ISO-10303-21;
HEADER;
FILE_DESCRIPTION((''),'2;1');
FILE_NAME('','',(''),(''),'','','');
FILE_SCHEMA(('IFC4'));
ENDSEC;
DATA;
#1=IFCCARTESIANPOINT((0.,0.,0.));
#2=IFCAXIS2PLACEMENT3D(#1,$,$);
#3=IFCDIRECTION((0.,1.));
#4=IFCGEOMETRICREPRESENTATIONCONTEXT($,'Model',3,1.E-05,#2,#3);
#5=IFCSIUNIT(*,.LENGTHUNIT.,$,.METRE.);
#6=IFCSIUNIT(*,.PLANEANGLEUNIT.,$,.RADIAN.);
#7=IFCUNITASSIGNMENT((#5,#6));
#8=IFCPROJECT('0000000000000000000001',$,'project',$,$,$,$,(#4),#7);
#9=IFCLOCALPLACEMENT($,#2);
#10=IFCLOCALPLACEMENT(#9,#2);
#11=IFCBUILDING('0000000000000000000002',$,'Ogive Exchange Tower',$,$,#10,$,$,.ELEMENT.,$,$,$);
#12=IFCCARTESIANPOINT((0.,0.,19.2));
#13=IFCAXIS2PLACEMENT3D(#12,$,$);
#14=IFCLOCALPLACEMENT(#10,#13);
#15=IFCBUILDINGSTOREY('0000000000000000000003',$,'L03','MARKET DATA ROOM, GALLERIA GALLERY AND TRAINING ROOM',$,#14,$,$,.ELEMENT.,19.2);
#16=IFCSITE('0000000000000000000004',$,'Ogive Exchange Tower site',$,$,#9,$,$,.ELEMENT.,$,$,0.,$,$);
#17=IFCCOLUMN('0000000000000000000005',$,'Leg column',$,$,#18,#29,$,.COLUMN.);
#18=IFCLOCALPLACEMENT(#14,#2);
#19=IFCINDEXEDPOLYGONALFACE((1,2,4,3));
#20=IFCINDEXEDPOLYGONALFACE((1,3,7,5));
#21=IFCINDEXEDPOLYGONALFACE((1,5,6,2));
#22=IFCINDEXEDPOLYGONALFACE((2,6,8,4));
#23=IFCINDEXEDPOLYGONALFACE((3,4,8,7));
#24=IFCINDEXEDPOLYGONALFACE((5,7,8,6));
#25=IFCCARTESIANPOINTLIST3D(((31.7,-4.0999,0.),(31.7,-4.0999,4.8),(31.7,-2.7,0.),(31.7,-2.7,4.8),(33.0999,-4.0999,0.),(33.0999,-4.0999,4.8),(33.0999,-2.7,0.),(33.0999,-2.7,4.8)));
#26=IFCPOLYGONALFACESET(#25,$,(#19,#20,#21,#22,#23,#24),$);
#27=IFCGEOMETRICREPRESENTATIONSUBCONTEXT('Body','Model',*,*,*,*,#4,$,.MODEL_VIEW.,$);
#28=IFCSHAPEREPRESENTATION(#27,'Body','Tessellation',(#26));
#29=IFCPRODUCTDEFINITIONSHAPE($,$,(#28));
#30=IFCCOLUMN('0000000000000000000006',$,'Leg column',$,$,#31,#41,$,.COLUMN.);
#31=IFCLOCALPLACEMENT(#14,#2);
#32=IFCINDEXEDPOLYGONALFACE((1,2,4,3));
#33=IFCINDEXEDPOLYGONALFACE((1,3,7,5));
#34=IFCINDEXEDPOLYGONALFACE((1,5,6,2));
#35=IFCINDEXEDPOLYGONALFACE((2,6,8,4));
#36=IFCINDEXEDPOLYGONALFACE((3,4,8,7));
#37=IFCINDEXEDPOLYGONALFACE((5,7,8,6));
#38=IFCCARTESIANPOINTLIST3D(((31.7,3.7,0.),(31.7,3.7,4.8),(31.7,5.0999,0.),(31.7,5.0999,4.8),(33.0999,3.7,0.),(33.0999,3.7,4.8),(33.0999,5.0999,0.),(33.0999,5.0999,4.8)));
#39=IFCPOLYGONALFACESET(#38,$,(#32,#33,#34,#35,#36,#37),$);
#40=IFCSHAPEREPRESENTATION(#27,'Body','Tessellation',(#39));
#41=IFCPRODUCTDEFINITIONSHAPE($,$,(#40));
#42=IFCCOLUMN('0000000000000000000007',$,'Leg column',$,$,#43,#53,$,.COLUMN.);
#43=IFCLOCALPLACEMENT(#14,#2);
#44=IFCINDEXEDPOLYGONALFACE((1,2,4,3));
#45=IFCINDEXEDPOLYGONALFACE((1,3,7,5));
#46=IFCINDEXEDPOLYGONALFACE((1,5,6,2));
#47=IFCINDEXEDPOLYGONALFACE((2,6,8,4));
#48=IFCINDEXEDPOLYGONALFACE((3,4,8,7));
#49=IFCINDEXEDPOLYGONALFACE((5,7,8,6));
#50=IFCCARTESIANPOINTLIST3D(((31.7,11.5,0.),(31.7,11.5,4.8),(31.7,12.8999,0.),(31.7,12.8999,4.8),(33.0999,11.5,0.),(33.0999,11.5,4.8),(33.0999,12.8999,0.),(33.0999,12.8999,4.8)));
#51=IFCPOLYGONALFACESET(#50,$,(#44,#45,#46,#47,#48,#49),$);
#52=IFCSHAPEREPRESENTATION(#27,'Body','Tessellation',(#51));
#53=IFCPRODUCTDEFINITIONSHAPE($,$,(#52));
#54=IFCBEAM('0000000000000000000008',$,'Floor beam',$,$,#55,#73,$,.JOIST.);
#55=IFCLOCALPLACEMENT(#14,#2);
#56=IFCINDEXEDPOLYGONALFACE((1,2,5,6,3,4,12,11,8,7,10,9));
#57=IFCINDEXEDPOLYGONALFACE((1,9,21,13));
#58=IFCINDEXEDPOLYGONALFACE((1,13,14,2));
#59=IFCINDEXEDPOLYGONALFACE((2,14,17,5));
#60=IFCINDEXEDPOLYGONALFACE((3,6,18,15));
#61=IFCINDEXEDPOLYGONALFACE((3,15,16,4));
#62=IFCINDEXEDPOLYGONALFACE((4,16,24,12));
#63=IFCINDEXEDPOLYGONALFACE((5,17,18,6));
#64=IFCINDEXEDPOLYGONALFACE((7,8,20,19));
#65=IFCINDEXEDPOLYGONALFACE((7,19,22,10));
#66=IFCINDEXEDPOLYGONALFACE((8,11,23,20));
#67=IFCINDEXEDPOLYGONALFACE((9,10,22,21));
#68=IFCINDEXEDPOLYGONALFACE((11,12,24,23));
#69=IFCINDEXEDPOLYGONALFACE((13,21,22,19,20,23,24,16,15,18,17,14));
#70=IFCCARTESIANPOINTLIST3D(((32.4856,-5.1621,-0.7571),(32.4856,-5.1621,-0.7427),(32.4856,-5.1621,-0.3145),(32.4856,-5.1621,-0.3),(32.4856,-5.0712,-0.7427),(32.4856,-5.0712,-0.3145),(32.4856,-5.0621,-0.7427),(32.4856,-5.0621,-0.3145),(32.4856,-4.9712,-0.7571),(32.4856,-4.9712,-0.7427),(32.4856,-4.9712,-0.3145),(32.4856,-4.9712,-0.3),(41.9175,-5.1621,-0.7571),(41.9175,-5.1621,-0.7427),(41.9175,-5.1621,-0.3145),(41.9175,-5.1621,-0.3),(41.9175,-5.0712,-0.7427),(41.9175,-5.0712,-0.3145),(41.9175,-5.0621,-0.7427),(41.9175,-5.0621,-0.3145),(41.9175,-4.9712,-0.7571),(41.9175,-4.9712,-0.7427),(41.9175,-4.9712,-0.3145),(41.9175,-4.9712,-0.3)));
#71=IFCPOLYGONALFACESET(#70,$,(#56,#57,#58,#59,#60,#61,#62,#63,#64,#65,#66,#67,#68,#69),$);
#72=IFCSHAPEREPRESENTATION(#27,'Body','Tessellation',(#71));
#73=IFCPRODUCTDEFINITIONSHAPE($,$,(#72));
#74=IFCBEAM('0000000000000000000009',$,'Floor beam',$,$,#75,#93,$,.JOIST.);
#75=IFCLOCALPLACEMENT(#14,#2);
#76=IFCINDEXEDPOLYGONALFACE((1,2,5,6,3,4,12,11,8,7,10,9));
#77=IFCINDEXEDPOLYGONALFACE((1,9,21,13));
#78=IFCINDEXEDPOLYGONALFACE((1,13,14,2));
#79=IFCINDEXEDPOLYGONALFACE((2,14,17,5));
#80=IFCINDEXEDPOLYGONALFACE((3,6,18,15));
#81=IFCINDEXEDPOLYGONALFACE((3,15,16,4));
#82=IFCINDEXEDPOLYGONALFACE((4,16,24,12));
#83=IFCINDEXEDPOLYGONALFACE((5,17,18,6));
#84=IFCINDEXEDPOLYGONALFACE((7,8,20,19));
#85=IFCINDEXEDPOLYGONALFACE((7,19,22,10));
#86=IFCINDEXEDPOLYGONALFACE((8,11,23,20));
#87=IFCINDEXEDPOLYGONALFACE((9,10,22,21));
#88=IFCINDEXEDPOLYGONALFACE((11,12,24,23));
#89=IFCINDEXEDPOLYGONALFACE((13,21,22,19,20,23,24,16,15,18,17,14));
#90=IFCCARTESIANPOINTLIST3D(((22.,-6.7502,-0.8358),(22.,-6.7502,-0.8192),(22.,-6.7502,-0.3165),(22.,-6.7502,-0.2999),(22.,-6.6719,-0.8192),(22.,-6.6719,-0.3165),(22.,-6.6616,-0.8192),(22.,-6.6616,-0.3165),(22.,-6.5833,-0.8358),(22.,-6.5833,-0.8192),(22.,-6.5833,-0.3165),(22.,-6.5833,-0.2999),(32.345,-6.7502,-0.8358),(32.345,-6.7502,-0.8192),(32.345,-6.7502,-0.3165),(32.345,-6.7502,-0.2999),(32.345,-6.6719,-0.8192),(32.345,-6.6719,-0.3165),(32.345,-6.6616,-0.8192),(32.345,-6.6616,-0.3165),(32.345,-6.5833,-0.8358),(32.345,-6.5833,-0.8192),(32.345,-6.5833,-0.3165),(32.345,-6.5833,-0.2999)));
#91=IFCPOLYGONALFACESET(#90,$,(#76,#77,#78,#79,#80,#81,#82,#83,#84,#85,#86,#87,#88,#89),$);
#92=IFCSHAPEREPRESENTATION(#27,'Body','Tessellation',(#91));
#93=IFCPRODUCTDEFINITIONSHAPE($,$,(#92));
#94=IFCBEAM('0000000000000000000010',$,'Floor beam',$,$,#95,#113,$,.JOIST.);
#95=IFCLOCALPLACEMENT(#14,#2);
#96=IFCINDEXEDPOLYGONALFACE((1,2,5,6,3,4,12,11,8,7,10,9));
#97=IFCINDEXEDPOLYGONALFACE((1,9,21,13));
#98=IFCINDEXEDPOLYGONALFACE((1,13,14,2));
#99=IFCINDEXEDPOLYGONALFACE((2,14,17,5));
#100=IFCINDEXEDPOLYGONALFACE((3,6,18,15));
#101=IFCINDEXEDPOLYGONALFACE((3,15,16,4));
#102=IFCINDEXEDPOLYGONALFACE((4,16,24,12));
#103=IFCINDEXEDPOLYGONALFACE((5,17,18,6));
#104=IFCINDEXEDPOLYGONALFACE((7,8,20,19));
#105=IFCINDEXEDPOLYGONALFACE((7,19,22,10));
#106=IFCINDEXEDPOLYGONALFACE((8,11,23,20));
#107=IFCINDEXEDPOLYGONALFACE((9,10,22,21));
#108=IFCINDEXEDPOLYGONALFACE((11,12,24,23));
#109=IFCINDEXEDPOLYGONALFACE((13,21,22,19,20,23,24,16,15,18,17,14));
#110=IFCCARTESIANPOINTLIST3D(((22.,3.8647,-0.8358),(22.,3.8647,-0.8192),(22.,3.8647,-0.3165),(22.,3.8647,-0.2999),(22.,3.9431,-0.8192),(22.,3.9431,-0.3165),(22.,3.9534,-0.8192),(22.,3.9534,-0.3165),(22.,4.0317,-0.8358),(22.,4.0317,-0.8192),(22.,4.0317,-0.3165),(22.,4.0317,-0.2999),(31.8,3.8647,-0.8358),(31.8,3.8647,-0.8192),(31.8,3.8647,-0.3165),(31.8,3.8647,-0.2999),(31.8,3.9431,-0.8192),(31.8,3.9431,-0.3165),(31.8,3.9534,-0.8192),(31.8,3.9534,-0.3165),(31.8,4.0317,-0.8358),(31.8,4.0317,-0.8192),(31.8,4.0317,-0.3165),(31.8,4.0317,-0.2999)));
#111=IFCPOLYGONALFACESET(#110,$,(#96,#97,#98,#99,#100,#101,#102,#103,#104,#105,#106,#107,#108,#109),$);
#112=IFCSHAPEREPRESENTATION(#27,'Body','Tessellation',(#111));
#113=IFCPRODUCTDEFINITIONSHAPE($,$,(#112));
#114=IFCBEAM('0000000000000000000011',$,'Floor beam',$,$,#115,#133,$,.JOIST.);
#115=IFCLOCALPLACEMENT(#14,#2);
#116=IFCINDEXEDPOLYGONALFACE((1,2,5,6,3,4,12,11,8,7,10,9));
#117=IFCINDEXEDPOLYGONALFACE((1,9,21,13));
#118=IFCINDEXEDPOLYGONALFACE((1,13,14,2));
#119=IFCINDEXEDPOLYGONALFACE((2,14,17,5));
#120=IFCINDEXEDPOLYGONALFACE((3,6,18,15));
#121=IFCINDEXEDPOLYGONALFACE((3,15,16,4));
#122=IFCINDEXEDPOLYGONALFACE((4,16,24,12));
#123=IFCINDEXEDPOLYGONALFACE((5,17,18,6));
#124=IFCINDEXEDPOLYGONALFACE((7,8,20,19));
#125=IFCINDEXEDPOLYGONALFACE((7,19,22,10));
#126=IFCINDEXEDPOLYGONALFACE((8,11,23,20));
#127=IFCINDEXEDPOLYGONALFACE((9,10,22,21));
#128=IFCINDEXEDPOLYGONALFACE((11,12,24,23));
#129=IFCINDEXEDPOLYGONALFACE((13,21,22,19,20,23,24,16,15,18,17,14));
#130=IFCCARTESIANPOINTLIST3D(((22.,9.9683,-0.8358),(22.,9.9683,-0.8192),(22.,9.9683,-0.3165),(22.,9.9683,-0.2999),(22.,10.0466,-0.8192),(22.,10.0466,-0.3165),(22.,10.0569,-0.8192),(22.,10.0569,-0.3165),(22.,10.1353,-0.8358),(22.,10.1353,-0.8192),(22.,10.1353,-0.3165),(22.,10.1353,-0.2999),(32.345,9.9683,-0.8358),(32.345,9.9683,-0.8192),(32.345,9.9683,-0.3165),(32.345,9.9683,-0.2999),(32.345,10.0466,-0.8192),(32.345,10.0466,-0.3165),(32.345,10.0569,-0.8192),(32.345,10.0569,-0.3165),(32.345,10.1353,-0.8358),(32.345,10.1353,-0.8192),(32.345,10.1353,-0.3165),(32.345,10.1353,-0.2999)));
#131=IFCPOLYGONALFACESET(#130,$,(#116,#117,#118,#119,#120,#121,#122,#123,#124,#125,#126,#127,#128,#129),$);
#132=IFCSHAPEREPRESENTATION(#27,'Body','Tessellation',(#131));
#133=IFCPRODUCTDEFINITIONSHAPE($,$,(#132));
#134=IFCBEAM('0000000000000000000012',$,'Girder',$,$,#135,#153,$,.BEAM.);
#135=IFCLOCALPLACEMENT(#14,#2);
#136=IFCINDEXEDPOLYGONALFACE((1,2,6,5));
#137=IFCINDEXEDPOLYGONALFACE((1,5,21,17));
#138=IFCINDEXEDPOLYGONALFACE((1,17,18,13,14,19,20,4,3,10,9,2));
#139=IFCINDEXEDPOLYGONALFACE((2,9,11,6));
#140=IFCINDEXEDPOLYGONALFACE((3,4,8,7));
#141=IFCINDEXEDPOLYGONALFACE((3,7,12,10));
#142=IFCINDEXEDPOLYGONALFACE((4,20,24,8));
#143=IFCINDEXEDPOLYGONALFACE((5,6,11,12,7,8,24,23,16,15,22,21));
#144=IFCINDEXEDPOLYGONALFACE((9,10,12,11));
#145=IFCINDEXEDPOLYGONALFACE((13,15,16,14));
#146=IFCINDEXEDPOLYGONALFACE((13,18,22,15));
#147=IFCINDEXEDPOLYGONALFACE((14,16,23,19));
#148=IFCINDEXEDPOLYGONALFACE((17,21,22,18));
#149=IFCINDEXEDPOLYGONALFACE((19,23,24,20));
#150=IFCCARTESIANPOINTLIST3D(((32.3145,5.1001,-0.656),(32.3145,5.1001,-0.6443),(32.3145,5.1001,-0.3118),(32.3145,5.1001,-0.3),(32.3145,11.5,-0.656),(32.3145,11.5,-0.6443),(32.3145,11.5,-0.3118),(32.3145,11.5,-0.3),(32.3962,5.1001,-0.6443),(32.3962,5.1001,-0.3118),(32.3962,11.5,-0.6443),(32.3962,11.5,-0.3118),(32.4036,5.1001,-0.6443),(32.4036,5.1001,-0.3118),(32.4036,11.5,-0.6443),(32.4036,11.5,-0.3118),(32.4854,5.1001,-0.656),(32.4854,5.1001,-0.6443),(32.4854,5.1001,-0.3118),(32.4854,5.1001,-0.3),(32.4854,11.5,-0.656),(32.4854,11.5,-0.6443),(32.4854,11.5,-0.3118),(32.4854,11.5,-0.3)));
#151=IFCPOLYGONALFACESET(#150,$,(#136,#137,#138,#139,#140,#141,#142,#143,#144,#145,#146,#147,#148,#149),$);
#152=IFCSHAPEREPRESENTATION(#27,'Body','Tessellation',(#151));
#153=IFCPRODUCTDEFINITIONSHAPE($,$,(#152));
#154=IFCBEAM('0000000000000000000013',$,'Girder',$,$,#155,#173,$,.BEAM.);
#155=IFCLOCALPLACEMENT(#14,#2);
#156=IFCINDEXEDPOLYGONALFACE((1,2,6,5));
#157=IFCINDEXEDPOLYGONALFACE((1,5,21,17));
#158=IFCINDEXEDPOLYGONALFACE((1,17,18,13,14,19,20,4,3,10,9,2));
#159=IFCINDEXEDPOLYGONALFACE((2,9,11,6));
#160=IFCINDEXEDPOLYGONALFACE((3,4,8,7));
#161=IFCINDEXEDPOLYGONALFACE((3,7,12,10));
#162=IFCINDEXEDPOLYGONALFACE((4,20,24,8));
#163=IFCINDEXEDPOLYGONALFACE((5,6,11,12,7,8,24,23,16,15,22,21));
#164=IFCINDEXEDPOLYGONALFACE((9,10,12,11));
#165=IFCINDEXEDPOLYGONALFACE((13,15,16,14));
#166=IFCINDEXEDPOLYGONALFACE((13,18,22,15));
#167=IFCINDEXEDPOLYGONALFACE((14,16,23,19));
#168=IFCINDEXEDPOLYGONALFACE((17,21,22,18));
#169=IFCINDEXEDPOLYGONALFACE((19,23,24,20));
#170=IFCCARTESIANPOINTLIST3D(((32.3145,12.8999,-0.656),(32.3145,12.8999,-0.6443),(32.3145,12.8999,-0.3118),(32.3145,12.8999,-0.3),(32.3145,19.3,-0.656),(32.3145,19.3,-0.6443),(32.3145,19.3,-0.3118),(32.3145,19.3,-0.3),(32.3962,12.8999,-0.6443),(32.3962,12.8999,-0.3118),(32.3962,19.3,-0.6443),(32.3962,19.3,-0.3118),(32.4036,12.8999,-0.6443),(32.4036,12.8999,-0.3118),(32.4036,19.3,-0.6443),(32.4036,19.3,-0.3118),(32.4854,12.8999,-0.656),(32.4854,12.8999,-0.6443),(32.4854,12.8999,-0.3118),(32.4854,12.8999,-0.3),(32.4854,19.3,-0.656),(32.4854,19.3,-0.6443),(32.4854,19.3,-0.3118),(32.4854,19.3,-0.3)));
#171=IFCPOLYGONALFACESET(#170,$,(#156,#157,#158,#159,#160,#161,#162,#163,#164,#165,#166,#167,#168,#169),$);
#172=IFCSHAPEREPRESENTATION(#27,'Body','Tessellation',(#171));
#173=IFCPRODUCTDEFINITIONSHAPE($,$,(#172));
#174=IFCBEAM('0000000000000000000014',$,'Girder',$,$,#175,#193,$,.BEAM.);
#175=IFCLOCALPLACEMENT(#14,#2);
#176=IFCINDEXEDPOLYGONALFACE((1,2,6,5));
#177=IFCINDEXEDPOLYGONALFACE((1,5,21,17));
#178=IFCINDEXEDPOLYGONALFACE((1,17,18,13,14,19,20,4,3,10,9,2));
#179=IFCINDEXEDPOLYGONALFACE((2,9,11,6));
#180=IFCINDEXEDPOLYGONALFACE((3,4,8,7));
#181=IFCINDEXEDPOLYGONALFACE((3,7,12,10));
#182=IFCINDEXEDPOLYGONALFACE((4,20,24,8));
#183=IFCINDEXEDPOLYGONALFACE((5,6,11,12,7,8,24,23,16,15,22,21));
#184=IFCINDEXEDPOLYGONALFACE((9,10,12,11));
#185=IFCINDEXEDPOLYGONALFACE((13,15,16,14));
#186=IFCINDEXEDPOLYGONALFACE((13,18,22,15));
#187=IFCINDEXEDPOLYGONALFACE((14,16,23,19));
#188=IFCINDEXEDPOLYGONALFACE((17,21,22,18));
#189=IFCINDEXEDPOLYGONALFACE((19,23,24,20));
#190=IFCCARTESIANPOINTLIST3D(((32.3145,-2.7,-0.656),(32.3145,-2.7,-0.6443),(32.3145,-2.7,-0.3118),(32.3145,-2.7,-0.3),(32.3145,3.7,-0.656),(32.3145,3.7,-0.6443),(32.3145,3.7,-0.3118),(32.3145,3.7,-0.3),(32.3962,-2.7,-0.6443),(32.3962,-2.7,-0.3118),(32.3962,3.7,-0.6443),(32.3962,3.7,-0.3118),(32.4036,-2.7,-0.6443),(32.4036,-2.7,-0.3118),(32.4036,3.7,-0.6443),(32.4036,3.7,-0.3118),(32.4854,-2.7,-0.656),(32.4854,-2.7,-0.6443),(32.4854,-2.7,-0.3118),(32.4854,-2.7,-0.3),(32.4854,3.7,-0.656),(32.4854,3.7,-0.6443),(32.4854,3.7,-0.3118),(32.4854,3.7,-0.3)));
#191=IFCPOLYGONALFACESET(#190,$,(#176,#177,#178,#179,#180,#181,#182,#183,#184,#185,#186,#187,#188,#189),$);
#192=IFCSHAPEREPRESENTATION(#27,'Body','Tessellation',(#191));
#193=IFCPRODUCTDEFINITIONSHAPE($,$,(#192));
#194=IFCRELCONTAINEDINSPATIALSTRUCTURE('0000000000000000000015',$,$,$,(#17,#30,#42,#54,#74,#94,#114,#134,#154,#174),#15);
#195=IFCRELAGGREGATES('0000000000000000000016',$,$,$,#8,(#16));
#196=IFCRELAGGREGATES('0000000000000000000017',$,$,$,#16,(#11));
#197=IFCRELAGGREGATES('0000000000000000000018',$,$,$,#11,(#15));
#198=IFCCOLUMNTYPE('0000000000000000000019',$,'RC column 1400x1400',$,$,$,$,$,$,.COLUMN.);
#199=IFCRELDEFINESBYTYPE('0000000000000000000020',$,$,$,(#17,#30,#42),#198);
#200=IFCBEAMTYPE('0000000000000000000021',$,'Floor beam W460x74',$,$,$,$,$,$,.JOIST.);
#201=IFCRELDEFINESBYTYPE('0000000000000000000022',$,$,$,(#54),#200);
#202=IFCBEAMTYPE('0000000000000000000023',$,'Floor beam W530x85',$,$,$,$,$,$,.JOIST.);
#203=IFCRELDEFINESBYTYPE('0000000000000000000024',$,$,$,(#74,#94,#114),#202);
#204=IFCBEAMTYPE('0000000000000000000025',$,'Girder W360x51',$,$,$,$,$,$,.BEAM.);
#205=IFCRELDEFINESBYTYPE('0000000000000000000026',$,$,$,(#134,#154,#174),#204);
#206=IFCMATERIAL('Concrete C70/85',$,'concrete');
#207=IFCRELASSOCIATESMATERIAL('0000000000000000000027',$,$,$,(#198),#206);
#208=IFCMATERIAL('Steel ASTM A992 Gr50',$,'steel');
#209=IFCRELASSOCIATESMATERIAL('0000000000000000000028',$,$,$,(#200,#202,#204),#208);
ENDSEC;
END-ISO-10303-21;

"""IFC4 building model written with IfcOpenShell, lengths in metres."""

from ifc_helpers import new_model, si_unit, direction, frame, origin, origin_2d, place, context, subcontext, project, spatial, rectangle, i_section, extrude, material, material_profile, profile_set, type_object, element, save


model = new_model("IFC4")

# Units and contexts
model_context = context("Model", 3, precision=1e-05, world=origin(), true_north=direction((0.0, 1.0)))
body_context = subcontext(model_context, "Body", "Model", "MODEL_VIEW")
ifc_project = project(units=[si_unit("LENGTHUNIT", "METRE"), si_unit("PLANEANGLEUNIT", "RADIAN")], contexts=[model_context])

# Site, building, storey
site_placement = place(None, origin())
site = spatial("IfcSite", under=ifc_project, at=site_placement, Name="Ogive Exchange Tower site", CompositionType="ELEMENT", RefElevation=0.0)
building_placement = place(site_placement, origin())
building = spatial("IfcBuilding", under=site, at=building_placement, Name="Ogive Exchange Tower", CompositionType="ELEMENT")
storey_placement = place(building_placement, frame((0.0, 0.0, 19.2)))
storey = spatial("IfcBuildingStorey", under=building, at=storey_placement, Name="L03", Description="MARKET DATA ROOM, GALLERIA GALLERY AND TRAINING ROOM", CompositionType="ELEMENT", Elevation=19.2)

# Columns
ifc_material_1 = material(Name="Concrete C70/85", Category="concrete")
ifc_material_profile_1 = material_profile(ifc_material_1, rectangle(XDim=1.3999, YDim=1.3999, at=origin_2d()), Name="RC 1400x1400")
ifc_profile_set_1 = profile_set([ifc_material_profile_1], Name="Concrete C70/85")
column_type = type_object("IfcColumnType", Name="RC column 1400x1400", PredefinedType="COLUMN", material=ifc_profile_set_1)
for number, where, z_axis, x_axis, name in (
    (1, (32.3999, -3.3999, 0.0), (0.0, 0.0, 1.0), (1.0, 0.0, 0.0), "Leg column"),
    (2, (32.3999, 4.3999, 0.0), (0.0, 0.0, 1.0), (1.0, 0.0, 0.0), "Leg column"),
    (3, (32.3999, 12.2, 0.0), (0.0, 0.0, 1.0), (1.0, 0.0, 0.0), "Leg column"),
):
    element("IfcColumn", number, at=place(storey_placement, frame(where, z_axis=z_axis, x_axis=x_axis)), inside=storey, type_object=column_type, Name=name, PredefinedType="COLUMN", context=body_context, shape_type="SweptSolid", body=[
        extrude(rectangle(XDim=1.3999, YDim=1.3999, at=origin_2d()), origin(), (0.0, 0.0, 1.0), 4.8),
    ])

# Beams
ifc_material_2 = material(Name="Steel ASTM A992 Gr50", Category="steel")
ifc_material_profile_2 = material_profile(ifc_material_2, i_section(OverallWidth=0.1909, OverallDepth=0.457, WebThickness=0.009, FlangeThickness=0.0144, at=origin_2d()), Name="W460x74")
ifc_profile_set_2 = profile_set([ifc_material_profile_2], Name="Steel ASTM A992 Gr50")
beam_type_1 = type_object("IfcBeamType", Name="Floor beam W460x74", PredefinedType="JOIST", material=ifc_profile_set_2)
beam_1_placement = place(storey_placement, frame((32.4856, -5.0667, -0.5286), z_axis=(1.0, 0.0, 0.0), x_axis=(0.0, 1.0, 0.0)))
element("IfcBeam", 4, at=beam_1_placement, inside=storey, type_object=beam_type_1, Name="Floor beam", PredefinedType="JOIST", context=body_context, shape_type="SweptSolid", body=[
    extrude(i_section(OverallWidth=0.1909, OverallDepth=0.457, WebThickness=0.009, FlangeThickness=0.0144, at=origin_2d()), origin(), (0.0, 0.0, 1.0), 9.4319),
])
ifc_material_profile_3 = material_profile(ifc_material_2, i_section(OverallWidth=0.167, OverallDepth=0.5359, WebThickness=0.0103, FlangeThickness=0.0166, at=origin_2d()), Name="W530x85")
ifc_profile_set_3 = profile_set([ifc_material_profile_3], Name="Steel ASTM A992 Gr50")
beam_type_2 = type_object("IfcBeamType", Name="Floor beam W530x85", PredefinedType="JOIST", material=ifc_profile_set_3)
beam_2_placement = place(storey_placement, frame((22.0, -6.6667, -0.5679), z_axis=(1.0, 0.0, 0.0), x_axis=(0.0, 1.0, 0.0)))
element("IfcBeam", 5, at=beam_2_placement, inside=storey, type_object=beam_type_2, Name="Floor beam", PredefinedType="JOIST", context=body_context, shape_type="SweptSolid", body=[
    extrude(i_section(OverallWidth=0.167, OverallDepth=0.5359, WebThickness=0.0103, FlangeThickness=0.0166, at=origin_2d()), origin(), (0.0, 0.0, 1.0), 10.345),
])
beam_3_placement = place(storey_placement, frame((22.0, 3.9482, -0.5679), z_axis=(1.0, 0.0, 0.0), x_axis=(0.0, 1.0, 0.0)))
element("IfcBeam", 6, at=beam_3_placement, inside=storey, type_object=beam_type_2, Name="Floor beam", PredefinedType="JOIST", context=body_context, shape_type="SweptSolid", body=[
    extrude(i_section(OverallWidth=0.167, OverallDepth=0.5359, WebThickness=0.0103, FlangeThickness=0.0166, at=origin_2d()), origin(), (0.0, 0.0, 1.0), 9.8),
])
beam_4_placement = place(storey_placement, frame((22.0, 10.0518, -0.5679), z_axis=(1.0, 0.0, 0.0), x_axis=(0.0, 1.0, 0.0)))
element("IfcBeam", 7, at=beam_4_placement, inside=storey, type_object=beam_type_2, Name="Floor beam", PredefinedType="JOIST", context=body_context, shape_type="SweptSolid", body=[
    extrude(i_section(OverallWidth=0.167, OverallDepth=0.5359, WebThickness=0.0103, FlangeThickness=0.0166, at=origin_2d()), origin(), (0.0, 0.0, 1.0), 10.345),
])
ifc_material_profile_4 = material_profile(ifc_material_2, i_section(OverallWidth=0.1709, OverallDepth=0.356, WebThickness=0.0073, FlangeThickness=0.0117, at=origin_2d()), Name="W360x51")
ifc_profile_set_4 = profile_set([ifc_material_profile_4], Name="Steel ASTM A992 Gr50")
beam_type_3 = type_object("IfcBeamType", Name="Girder W360x51", PredefinedType="BEAM", material=ifc_profile_set_4)
beam_5_placement = place(storey_placement, frame((32.3999, 5.1001, -0.478), z_axis=(0.0, 1.0, 0.0), x_axis=(-1.0, 0.0, 0.0)))
element("IfcBeam", 8, at=beam_5_placement, inside=storey, type_object=beam_type_3, Name="Girder", PredefinedType="BEAM", context=body_context, shape_type="SweptSolid", body=[
    extrude(i_section(OverallWidth=0.1709, OverallDepth=0.356, WebThickness=0.0073, FlangeThickness=0.0117, at=origin_2d()), origin(), (0.0, 0.0, 1.0), 6.3999),
])
beam_6_placement = place(storey_placement, frame((32.3999, 12.8999, -0.478), z_axis=(0.0, 1.0, 0.0), x_axis=(-1.0, 0.0, 0.0)))
element("IfcBeam", 9, at=beam_6_placement, inside=storey, type_object=beam_type_3, Name="Girder", PredefinedType="BEAM", context=body_context, shape_type="SweptSolid", body=[
    extrude(i_section(OverallWidth=0.1709, OverallDepth=0.356, WebThickness=0.0073, FlangeThickness=0.0117, at=origin_2d()), origin(), (0.0, 0.0, 1.0), 6.4001),
])
beam_7_placement = place(storey_placement, frame((32.3999, -2.7, -0.478), z_axis=(0.0, 1.0, 0.0), x_axis=(-1.0, 0.0, 0.0)))
element("IfcBeam", 10, at=beam_7_placement, inside=storey, type_object=beam_type_3, Name="Girder", PredefinedType="BEAM", context=body_context, shape_type="SweptSolid", body=[
    extrude(i_section(OverallWidth=0.1709, OverallDepth=0.356, WebThickness=0.0073, FlangeThickness=0.0117, at=origin_2d()), origin(), (0.0, 0.0, 1.0), 6.3999),
])

save(model, "model.ifc")
